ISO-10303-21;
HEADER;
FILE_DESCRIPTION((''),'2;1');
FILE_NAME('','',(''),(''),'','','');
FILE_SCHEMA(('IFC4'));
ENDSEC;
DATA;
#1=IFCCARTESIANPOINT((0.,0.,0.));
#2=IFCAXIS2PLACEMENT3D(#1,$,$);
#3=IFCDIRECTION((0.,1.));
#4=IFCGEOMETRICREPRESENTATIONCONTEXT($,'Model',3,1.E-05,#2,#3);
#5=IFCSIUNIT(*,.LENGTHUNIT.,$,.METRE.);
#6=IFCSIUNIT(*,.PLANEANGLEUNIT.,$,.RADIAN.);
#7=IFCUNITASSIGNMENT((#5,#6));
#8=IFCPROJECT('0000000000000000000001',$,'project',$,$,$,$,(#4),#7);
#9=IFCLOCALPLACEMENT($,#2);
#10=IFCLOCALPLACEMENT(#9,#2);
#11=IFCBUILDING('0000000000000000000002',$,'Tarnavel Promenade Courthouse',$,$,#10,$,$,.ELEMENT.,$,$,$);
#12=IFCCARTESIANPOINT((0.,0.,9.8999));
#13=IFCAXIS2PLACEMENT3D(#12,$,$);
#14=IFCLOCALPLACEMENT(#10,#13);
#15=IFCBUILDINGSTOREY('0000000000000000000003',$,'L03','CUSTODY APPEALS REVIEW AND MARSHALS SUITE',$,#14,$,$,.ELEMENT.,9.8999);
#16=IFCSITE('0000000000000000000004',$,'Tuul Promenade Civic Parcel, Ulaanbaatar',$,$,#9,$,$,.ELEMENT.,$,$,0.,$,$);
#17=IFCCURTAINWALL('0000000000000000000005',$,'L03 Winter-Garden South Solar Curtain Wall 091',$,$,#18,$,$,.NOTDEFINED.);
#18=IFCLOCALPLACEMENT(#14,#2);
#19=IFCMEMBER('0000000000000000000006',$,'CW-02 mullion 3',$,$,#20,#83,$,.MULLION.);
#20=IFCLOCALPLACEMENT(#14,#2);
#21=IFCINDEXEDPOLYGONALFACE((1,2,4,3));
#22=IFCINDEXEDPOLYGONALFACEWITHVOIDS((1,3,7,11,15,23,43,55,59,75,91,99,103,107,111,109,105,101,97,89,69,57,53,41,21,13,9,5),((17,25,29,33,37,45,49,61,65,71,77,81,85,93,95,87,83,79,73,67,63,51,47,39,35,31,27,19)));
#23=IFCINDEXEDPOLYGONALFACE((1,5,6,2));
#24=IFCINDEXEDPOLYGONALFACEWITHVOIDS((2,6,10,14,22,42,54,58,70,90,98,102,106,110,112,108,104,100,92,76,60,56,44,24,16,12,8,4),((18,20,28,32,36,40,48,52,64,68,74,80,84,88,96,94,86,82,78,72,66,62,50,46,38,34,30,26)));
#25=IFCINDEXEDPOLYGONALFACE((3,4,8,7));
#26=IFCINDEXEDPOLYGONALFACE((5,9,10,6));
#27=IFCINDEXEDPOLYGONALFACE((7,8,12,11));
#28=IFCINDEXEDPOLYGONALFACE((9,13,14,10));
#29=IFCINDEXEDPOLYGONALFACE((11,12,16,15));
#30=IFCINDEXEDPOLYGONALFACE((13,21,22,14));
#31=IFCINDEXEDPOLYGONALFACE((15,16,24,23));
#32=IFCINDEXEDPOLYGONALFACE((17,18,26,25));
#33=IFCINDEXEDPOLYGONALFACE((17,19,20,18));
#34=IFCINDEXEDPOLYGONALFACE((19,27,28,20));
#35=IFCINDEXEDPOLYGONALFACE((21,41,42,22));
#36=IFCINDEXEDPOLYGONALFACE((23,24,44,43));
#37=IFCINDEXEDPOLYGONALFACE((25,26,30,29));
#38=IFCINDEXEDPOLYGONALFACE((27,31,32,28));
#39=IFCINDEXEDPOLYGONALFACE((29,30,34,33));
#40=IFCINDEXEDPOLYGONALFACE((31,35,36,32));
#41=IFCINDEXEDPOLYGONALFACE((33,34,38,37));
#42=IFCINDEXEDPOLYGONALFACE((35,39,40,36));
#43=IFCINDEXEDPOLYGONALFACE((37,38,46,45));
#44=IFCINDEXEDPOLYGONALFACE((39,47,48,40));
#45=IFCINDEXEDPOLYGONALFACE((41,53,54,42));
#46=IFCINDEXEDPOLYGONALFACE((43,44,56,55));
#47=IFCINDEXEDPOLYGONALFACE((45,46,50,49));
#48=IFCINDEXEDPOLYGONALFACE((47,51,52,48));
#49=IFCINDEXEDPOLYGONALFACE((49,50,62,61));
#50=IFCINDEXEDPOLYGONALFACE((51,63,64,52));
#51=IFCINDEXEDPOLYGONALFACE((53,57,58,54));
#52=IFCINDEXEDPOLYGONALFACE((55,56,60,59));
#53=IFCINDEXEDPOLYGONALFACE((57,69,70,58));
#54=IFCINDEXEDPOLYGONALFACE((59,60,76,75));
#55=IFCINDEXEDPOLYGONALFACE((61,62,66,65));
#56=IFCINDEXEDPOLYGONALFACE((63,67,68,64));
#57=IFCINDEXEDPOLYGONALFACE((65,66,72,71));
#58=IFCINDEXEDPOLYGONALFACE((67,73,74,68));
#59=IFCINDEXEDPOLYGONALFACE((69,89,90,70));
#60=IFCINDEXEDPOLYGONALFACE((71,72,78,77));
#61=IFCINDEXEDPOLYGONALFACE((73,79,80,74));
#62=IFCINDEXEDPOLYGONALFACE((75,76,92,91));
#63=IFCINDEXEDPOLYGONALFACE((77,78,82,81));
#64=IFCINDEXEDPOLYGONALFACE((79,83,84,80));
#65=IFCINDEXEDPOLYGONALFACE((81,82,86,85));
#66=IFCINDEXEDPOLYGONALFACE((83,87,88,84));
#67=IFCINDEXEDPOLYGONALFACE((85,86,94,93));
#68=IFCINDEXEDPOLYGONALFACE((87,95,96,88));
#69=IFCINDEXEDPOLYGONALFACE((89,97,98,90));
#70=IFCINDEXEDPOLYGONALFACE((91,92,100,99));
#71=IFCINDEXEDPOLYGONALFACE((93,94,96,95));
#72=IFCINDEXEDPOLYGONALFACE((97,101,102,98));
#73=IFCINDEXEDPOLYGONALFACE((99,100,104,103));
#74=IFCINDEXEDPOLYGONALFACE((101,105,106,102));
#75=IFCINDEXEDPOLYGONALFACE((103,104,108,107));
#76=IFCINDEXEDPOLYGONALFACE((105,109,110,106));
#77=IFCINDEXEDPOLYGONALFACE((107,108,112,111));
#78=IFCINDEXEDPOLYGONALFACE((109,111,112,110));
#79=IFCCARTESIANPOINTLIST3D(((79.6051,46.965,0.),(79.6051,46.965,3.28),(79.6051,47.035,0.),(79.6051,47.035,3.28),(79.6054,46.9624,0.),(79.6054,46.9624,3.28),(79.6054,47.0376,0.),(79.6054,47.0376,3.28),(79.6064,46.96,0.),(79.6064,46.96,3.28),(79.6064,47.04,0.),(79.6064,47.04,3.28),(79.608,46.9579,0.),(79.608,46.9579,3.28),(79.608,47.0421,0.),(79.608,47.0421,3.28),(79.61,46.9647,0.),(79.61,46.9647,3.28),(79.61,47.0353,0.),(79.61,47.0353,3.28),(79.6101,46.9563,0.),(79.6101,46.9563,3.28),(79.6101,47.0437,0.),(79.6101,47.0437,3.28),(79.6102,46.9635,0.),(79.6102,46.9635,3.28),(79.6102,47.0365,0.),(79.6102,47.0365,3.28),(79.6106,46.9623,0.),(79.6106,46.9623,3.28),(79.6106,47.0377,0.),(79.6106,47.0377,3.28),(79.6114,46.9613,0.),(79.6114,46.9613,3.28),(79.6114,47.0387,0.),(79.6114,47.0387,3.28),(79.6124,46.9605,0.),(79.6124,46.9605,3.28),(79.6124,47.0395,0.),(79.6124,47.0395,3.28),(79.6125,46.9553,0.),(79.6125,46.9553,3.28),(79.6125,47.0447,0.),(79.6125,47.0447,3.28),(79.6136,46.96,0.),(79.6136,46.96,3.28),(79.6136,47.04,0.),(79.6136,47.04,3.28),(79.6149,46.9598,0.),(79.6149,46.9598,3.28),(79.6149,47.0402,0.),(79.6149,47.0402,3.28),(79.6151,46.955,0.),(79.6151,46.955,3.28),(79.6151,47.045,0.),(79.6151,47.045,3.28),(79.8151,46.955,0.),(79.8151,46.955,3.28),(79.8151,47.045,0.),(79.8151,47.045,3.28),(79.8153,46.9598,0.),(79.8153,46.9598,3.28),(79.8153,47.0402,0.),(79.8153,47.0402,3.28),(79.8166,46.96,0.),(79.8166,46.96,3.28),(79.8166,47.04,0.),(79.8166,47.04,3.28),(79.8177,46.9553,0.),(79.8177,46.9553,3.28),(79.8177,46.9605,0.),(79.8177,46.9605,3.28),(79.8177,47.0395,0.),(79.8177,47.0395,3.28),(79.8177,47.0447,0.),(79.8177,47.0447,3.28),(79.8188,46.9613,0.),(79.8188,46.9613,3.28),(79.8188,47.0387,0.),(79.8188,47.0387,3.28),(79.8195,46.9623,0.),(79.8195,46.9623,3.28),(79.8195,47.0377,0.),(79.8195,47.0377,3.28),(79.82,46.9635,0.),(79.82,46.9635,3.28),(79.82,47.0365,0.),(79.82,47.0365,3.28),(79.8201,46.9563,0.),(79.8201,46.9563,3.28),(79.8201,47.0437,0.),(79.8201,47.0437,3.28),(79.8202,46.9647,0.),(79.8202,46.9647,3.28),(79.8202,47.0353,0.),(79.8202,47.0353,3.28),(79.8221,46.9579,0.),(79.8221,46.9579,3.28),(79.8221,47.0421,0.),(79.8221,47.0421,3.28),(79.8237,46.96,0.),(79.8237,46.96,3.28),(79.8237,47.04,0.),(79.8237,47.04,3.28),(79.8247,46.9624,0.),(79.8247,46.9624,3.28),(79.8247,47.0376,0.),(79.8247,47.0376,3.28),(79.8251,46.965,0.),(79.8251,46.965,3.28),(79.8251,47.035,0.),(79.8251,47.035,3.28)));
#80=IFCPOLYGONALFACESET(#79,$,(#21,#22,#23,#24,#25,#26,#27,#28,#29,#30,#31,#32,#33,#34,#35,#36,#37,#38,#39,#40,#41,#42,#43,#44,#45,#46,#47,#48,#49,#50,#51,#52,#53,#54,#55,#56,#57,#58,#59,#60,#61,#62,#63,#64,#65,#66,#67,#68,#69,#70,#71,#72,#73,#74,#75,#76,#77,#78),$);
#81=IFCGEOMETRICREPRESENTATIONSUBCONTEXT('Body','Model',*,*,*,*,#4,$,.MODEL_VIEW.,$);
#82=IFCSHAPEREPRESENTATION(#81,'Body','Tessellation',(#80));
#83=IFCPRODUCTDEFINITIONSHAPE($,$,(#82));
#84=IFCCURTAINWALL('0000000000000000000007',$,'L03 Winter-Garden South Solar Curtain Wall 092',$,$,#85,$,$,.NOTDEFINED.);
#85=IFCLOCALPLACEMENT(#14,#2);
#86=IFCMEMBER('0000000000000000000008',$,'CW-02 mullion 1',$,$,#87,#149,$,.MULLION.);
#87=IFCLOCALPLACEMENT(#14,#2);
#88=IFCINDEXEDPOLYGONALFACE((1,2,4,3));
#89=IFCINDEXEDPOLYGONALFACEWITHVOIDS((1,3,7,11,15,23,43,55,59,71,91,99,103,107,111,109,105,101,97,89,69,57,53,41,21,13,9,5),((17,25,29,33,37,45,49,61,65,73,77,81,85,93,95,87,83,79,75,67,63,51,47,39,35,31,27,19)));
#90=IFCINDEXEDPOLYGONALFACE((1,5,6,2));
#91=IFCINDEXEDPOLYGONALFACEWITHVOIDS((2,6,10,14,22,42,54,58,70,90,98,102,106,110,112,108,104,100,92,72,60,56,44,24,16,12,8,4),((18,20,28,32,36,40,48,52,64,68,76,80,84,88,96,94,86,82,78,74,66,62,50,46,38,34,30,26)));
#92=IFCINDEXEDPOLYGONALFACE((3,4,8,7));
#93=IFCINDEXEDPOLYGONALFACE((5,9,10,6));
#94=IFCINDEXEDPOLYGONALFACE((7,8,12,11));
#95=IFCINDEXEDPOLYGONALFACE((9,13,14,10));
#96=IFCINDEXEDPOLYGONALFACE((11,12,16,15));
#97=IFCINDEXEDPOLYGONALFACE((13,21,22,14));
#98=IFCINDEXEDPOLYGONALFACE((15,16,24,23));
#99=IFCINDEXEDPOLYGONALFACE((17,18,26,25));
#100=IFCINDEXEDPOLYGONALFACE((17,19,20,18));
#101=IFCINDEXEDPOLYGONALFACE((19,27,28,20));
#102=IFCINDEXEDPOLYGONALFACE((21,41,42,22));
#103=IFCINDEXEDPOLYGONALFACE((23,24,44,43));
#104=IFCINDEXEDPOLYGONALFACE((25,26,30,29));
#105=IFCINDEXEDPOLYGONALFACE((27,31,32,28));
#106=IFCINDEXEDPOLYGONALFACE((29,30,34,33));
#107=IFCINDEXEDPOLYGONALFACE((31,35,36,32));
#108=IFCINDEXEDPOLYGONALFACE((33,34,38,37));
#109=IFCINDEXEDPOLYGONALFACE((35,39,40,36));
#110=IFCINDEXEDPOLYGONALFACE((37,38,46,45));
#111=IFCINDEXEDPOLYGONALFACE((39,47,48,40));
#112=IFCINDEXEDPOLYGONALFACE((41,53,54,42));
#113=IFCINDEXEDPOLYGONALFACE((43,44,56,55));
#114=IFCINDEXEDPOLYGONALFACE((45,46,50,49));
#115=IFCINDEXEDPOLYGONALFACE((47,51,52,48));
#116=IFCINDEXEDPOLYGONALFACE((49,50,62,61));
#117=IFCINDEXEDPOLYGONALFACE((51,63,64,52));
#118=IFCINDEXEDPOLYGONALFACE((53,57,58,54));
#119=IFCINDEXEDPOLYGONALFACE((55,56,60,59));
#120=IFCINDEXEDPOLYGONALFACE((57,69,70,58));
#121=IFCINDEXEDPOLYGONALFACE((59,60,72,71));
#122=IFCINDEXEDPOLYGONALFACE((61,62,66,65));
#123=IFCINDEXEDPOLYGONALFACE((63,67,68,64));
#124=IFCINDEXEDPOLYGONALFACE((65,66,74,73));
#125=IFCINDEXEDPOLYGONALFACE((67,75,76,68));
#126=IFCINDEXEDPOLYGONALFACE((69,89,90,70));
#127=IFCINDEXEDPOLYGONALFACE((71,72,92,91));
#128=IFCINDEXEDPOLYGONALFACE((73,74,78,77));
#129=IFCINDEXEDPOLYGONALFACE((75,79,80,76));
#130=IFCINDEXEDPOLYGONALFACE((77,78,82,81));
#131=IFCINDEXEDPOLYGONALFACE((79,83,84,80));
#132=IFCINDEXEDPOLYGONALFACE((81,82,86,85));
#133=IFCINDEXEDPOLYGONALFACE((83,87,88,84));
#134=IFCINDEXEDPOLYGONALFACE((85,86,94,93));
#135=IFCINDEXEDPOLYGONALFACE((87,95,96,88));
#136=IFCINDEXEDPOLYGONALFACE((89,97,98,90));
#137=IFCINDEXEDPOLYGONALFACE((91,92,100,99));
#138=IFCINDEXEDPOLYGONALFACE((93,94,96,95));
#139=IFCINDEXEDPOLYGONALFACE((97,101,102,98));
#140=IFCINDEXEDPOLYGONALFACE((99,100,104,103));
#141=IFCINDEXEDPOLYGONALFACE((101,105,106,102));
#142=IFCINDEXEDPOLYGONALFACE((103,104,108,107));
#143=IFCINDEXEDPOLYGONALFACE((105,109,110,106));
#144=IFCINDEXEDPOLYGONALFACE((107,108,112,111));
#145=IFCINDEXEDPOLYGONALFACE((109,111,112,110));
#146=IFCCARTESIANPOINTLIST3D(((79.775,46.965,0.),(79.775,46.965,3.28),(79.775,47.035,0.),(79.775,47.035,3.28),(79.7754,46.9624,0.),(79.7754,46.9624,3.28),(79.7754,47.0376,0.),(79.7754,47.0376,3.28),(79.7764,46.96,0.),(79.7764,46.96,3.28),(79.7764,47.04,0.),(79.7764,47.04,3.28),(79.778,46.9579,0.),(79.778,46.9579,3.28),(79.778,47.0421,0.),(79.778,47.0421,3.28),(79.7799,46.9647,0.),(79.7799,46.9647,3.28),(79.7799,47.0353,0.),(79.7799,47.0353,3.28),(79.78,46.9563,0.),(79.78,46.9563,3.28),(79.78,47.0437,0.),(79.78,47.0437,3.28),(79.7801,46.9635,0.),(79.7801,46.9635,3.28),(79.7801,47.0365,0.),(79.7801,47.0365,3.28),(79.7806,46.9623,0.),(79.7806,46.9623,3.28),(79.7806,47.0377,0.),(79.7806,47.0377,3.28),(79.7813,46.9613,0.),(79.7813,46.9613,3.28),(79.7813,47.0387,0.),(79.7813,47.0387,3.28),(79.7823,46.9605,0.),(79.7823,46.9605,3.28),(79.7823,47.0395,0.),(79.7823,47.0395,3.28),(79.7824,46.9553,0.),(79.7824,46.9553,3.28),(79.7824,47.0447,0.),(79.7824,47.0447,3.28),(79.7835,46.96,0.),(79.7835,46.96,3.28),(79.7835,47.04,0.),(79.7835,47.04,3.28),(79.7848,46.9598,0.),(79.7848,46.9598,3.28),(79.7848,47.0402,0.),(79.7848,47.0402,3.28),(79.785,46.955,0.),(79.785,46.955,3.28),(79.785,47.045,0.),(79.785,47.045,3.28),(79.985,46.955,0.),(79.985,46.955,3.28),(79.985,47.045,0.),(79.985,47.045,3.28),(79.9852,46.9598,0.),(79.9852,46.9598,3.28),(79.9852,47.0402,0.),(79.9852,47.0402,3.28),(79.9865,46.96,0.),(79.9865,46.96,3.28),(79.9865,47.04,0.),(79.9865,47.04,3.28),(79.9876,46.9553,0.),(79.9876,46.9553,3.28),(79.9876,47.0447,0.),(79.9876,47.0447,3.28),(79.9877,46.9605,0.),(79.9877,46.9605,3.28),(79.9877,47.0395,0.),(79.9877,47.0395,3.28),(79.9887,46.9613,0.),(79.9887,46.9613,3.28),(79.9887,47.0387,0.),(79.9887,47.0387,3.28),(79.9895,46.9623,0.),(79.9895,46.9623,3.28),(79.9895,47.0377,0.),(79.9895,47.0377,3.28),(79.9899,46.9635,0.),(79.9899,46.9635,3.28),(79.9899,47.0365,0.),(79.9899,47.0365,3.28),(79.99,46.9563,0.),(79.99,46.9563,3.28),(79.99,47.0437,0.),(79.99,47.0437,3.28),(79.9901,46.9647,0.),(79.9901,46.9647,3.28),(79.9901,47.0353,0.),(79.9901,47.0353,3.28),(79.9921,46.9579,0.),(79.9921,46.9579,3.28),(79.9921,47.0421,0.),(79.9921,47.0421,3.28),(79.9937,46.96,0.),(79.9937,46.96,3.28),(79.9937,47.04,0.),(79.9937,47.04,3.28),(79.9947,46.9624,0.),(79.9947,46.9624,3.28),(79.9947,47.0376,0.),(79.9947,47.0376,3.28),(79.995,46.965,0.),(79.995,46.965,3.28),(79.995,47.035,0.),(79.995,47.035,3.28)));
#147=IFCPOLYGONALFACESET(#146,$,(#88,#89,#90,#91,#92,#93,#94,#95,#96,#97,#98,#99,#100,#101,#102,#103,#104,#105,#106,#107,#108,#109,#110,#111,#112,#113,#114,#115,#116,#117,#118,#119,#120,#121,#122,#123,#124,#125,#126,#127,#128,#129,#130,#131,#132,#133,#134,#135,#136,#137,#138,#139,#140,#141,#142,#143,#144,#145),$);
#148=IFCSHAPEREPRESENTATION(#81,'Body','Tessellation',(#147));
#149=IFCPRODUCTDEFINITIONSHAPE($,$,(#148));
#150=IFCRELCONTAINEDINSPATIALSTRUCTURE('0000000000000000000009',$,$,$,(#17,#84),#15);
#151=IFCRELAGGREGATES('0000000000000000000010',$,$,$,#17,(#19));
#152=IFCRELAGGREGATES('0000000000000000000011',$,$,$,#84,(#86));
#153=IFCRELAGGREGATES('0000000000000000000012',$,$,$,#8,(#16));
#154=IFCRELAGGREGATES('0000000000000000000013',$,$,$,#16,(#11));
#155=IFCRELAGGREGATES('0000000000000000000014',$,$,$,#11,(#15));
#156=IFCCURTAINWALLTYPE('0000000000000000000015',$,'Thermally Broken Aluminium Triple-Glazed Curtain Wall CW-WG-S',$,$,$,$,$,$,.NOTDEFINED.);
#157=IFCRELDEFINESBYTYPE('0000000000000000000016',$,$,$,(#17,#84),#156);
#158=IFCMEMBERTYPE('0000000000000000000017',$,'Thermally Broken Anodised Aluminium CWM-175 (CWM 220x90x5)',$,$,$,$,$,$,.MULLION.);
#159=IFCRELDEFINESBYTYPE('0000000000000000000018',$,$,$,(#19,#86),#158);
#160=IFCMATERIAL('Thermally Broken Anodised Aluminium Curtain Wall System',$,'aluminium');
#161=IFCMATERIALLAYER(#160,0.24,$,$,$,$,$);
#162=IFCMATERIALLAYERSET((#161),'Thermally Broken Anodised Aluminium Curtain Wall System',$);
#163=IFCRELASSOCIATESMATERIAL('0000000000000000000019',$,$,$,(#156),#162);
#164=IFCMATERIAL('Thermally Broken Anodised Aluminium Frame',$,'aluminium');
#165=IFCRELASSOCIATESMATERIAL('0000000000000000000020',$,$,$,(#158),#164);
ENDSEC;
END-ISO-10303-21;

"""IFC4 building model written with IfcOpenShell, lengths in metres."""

from ifc_helpers import new_model, si_unit, direction, frame, origin, origin_2d, place, context, subcontext, project, spatial, hollow_rectangle, extrude, material, layer, layer_set, material_profile, profile_set, type_object, element, aggregate, save


model = new_model("IFC4")

# Units and contexts
model_context = context("Model", 3, precision=1e-05, world=origin(), true_north=direction((0.0, 1.0)))
body_context = subcontext(model_context, "Body", "Model", "MODEL_VIEW")
ifc_project = project(units=[si_unit("LENGTHUNIT", "METRE"), si_unit("PLANEANGLEUNIT", "RADIAN")], contexts=[model_context])

# Site, building, storey
site_placement = place(None, origin())
site = spatial("IfcSite", under=ifc_project, at=site_placement, Name="Tuul Promenade Civic Parcel, Ulaanbaatar", CompositionType="ELEMENT", RefElevation=0.0)
building_placement = place(site_placement, origin())
building = spatial("IfcBuilding", under=site, at=building_placement, Name="Tarnavel Promenade Courthouse", CompositionType="ELEMENT")
storey_placement = place(building_placement, frame((0.0, 0.0, 9.8999)))
storey = spatial("IfcBuildingStorey", under=building, at=storey_placement, Name="L03", Description="CUSTODY APPEALS REVIEW AND MARSHALS SUITE", CompositionType="ELEMENT", Elevation=9.8999)

# Curtain wall, member
ifc_material_1 = material(Name="Thermally Broken Anodised Aluminium Curtain Wall System", Category="aluminium")
ifc_layer_1 = layer(ifc_material_1, 0.24)
ifc_layer_set_1 = layer_set([ifc_layer_1], Name="Thermally Broken Anodised Aluminium Curtain Wall System")
curtain_wall_type = type_object("IfcCurtainWallType", Name="Thermally Broken Aluminium Triple-Glazed Curtain Wall CW-WG-S", PredefinedType="NOTDEFINED", material=ifc_layer_set_1)
curtain_wall_1_placement = place(storey_placement, origin())
curtain_wall_1 = element("IfcCurtainWall", 1, at=curtain_wall_1_placement, inside=storey, type_object=curtain_wall_type, Name="L03 Winter-Garden South Solar Curtain Wall 091", PredefinedType="NOTDEFINED")
ifc_material_2 = material(Name="Thermally Broken Anodised Aluminium Frame", Category="aluminium")
ifc_material_profile_1 = material_profile(ifc_material_2, hollow_rectangle(XDim=0.0901, YDim=0.22, WallThickness=0.0049, InnerFilletRadius=0.0049, OuterFilletRadius=0.01, at=origin_2d()), Name="CWM 220x90x5")
ifc_profile_set_1 = profile_set([ifc_material_profile_1], Name="Thermally Broken Anodised Aluminium Frame")
member_type_1 = type_object("IfcMemberType", Name="Thermally Broken Anodised Aluminium CWM-175 (CWM 220x90x5)", PredefinedType="MULLION", material=ifc_profile_set_1)
member_1_placement = place(storey_placement, frame((79.7151, 47.0, 0.0), z_axis=(0.0, 0.0, 1.0), x_axis=(0.0, 1.0, 0.0)))
member_1 = element("IfcMember", 2, at=member_1_placement, type_object=member_type_1, Name="CW-02 mullion 3", PredefinedType="MULLION", context=body_context, shape_type="SweptSolid", body=[
    extrude(hollow_rectangle(XDim=0.0901, YDim=0.22, WallThickness=0.0049, InnerFilletRadius=0.0049, OuterFilletRadius=0.01, at=origin_2d()), origin(), (0.0, 0.0, 1.0), 3.28),
])

# Curtain wall, member
curtain_wall_2_placement = place(storey_placement, origin())
curtain_wall_2 = element("IfcCurtainWall", 3, at=curtain_wall_2_placement, inside=storey, type_object=curtain_wall_type, Name="L03 Winter-Garden South Solar Curtain Wall 092", PredefinedType="NOTDEFINED")
member_2_placement = place(storey_placement, frame((79.885, 47.0, 0.0), z_axis=(0.0, 0.0, 1.0), x_axis=(0.0, 1.0, 0.0)))
member_2 = element("IfcMember", 4, at=member_2_placement, type_object=member_type_1, Name="CW-02 mullion 1", PredefinedType="MULLION", context=body_context, shape_type="SweptSolid", body=[
    extrude(hollow_rectangle(XDim=0.0901, YDim=0.22, WallThickness=0.0049, InnerFilletRadius=0.0049, OuterFilletRadius=0.01, at=origin_2d()), origin(), (0.0, 0.0, 1.0), 3.28),
])

aggregate(curtain_wall_1, [member_1])
aggregate(curtain_wall_2, [member_2])

save(model, "model.ifc")
